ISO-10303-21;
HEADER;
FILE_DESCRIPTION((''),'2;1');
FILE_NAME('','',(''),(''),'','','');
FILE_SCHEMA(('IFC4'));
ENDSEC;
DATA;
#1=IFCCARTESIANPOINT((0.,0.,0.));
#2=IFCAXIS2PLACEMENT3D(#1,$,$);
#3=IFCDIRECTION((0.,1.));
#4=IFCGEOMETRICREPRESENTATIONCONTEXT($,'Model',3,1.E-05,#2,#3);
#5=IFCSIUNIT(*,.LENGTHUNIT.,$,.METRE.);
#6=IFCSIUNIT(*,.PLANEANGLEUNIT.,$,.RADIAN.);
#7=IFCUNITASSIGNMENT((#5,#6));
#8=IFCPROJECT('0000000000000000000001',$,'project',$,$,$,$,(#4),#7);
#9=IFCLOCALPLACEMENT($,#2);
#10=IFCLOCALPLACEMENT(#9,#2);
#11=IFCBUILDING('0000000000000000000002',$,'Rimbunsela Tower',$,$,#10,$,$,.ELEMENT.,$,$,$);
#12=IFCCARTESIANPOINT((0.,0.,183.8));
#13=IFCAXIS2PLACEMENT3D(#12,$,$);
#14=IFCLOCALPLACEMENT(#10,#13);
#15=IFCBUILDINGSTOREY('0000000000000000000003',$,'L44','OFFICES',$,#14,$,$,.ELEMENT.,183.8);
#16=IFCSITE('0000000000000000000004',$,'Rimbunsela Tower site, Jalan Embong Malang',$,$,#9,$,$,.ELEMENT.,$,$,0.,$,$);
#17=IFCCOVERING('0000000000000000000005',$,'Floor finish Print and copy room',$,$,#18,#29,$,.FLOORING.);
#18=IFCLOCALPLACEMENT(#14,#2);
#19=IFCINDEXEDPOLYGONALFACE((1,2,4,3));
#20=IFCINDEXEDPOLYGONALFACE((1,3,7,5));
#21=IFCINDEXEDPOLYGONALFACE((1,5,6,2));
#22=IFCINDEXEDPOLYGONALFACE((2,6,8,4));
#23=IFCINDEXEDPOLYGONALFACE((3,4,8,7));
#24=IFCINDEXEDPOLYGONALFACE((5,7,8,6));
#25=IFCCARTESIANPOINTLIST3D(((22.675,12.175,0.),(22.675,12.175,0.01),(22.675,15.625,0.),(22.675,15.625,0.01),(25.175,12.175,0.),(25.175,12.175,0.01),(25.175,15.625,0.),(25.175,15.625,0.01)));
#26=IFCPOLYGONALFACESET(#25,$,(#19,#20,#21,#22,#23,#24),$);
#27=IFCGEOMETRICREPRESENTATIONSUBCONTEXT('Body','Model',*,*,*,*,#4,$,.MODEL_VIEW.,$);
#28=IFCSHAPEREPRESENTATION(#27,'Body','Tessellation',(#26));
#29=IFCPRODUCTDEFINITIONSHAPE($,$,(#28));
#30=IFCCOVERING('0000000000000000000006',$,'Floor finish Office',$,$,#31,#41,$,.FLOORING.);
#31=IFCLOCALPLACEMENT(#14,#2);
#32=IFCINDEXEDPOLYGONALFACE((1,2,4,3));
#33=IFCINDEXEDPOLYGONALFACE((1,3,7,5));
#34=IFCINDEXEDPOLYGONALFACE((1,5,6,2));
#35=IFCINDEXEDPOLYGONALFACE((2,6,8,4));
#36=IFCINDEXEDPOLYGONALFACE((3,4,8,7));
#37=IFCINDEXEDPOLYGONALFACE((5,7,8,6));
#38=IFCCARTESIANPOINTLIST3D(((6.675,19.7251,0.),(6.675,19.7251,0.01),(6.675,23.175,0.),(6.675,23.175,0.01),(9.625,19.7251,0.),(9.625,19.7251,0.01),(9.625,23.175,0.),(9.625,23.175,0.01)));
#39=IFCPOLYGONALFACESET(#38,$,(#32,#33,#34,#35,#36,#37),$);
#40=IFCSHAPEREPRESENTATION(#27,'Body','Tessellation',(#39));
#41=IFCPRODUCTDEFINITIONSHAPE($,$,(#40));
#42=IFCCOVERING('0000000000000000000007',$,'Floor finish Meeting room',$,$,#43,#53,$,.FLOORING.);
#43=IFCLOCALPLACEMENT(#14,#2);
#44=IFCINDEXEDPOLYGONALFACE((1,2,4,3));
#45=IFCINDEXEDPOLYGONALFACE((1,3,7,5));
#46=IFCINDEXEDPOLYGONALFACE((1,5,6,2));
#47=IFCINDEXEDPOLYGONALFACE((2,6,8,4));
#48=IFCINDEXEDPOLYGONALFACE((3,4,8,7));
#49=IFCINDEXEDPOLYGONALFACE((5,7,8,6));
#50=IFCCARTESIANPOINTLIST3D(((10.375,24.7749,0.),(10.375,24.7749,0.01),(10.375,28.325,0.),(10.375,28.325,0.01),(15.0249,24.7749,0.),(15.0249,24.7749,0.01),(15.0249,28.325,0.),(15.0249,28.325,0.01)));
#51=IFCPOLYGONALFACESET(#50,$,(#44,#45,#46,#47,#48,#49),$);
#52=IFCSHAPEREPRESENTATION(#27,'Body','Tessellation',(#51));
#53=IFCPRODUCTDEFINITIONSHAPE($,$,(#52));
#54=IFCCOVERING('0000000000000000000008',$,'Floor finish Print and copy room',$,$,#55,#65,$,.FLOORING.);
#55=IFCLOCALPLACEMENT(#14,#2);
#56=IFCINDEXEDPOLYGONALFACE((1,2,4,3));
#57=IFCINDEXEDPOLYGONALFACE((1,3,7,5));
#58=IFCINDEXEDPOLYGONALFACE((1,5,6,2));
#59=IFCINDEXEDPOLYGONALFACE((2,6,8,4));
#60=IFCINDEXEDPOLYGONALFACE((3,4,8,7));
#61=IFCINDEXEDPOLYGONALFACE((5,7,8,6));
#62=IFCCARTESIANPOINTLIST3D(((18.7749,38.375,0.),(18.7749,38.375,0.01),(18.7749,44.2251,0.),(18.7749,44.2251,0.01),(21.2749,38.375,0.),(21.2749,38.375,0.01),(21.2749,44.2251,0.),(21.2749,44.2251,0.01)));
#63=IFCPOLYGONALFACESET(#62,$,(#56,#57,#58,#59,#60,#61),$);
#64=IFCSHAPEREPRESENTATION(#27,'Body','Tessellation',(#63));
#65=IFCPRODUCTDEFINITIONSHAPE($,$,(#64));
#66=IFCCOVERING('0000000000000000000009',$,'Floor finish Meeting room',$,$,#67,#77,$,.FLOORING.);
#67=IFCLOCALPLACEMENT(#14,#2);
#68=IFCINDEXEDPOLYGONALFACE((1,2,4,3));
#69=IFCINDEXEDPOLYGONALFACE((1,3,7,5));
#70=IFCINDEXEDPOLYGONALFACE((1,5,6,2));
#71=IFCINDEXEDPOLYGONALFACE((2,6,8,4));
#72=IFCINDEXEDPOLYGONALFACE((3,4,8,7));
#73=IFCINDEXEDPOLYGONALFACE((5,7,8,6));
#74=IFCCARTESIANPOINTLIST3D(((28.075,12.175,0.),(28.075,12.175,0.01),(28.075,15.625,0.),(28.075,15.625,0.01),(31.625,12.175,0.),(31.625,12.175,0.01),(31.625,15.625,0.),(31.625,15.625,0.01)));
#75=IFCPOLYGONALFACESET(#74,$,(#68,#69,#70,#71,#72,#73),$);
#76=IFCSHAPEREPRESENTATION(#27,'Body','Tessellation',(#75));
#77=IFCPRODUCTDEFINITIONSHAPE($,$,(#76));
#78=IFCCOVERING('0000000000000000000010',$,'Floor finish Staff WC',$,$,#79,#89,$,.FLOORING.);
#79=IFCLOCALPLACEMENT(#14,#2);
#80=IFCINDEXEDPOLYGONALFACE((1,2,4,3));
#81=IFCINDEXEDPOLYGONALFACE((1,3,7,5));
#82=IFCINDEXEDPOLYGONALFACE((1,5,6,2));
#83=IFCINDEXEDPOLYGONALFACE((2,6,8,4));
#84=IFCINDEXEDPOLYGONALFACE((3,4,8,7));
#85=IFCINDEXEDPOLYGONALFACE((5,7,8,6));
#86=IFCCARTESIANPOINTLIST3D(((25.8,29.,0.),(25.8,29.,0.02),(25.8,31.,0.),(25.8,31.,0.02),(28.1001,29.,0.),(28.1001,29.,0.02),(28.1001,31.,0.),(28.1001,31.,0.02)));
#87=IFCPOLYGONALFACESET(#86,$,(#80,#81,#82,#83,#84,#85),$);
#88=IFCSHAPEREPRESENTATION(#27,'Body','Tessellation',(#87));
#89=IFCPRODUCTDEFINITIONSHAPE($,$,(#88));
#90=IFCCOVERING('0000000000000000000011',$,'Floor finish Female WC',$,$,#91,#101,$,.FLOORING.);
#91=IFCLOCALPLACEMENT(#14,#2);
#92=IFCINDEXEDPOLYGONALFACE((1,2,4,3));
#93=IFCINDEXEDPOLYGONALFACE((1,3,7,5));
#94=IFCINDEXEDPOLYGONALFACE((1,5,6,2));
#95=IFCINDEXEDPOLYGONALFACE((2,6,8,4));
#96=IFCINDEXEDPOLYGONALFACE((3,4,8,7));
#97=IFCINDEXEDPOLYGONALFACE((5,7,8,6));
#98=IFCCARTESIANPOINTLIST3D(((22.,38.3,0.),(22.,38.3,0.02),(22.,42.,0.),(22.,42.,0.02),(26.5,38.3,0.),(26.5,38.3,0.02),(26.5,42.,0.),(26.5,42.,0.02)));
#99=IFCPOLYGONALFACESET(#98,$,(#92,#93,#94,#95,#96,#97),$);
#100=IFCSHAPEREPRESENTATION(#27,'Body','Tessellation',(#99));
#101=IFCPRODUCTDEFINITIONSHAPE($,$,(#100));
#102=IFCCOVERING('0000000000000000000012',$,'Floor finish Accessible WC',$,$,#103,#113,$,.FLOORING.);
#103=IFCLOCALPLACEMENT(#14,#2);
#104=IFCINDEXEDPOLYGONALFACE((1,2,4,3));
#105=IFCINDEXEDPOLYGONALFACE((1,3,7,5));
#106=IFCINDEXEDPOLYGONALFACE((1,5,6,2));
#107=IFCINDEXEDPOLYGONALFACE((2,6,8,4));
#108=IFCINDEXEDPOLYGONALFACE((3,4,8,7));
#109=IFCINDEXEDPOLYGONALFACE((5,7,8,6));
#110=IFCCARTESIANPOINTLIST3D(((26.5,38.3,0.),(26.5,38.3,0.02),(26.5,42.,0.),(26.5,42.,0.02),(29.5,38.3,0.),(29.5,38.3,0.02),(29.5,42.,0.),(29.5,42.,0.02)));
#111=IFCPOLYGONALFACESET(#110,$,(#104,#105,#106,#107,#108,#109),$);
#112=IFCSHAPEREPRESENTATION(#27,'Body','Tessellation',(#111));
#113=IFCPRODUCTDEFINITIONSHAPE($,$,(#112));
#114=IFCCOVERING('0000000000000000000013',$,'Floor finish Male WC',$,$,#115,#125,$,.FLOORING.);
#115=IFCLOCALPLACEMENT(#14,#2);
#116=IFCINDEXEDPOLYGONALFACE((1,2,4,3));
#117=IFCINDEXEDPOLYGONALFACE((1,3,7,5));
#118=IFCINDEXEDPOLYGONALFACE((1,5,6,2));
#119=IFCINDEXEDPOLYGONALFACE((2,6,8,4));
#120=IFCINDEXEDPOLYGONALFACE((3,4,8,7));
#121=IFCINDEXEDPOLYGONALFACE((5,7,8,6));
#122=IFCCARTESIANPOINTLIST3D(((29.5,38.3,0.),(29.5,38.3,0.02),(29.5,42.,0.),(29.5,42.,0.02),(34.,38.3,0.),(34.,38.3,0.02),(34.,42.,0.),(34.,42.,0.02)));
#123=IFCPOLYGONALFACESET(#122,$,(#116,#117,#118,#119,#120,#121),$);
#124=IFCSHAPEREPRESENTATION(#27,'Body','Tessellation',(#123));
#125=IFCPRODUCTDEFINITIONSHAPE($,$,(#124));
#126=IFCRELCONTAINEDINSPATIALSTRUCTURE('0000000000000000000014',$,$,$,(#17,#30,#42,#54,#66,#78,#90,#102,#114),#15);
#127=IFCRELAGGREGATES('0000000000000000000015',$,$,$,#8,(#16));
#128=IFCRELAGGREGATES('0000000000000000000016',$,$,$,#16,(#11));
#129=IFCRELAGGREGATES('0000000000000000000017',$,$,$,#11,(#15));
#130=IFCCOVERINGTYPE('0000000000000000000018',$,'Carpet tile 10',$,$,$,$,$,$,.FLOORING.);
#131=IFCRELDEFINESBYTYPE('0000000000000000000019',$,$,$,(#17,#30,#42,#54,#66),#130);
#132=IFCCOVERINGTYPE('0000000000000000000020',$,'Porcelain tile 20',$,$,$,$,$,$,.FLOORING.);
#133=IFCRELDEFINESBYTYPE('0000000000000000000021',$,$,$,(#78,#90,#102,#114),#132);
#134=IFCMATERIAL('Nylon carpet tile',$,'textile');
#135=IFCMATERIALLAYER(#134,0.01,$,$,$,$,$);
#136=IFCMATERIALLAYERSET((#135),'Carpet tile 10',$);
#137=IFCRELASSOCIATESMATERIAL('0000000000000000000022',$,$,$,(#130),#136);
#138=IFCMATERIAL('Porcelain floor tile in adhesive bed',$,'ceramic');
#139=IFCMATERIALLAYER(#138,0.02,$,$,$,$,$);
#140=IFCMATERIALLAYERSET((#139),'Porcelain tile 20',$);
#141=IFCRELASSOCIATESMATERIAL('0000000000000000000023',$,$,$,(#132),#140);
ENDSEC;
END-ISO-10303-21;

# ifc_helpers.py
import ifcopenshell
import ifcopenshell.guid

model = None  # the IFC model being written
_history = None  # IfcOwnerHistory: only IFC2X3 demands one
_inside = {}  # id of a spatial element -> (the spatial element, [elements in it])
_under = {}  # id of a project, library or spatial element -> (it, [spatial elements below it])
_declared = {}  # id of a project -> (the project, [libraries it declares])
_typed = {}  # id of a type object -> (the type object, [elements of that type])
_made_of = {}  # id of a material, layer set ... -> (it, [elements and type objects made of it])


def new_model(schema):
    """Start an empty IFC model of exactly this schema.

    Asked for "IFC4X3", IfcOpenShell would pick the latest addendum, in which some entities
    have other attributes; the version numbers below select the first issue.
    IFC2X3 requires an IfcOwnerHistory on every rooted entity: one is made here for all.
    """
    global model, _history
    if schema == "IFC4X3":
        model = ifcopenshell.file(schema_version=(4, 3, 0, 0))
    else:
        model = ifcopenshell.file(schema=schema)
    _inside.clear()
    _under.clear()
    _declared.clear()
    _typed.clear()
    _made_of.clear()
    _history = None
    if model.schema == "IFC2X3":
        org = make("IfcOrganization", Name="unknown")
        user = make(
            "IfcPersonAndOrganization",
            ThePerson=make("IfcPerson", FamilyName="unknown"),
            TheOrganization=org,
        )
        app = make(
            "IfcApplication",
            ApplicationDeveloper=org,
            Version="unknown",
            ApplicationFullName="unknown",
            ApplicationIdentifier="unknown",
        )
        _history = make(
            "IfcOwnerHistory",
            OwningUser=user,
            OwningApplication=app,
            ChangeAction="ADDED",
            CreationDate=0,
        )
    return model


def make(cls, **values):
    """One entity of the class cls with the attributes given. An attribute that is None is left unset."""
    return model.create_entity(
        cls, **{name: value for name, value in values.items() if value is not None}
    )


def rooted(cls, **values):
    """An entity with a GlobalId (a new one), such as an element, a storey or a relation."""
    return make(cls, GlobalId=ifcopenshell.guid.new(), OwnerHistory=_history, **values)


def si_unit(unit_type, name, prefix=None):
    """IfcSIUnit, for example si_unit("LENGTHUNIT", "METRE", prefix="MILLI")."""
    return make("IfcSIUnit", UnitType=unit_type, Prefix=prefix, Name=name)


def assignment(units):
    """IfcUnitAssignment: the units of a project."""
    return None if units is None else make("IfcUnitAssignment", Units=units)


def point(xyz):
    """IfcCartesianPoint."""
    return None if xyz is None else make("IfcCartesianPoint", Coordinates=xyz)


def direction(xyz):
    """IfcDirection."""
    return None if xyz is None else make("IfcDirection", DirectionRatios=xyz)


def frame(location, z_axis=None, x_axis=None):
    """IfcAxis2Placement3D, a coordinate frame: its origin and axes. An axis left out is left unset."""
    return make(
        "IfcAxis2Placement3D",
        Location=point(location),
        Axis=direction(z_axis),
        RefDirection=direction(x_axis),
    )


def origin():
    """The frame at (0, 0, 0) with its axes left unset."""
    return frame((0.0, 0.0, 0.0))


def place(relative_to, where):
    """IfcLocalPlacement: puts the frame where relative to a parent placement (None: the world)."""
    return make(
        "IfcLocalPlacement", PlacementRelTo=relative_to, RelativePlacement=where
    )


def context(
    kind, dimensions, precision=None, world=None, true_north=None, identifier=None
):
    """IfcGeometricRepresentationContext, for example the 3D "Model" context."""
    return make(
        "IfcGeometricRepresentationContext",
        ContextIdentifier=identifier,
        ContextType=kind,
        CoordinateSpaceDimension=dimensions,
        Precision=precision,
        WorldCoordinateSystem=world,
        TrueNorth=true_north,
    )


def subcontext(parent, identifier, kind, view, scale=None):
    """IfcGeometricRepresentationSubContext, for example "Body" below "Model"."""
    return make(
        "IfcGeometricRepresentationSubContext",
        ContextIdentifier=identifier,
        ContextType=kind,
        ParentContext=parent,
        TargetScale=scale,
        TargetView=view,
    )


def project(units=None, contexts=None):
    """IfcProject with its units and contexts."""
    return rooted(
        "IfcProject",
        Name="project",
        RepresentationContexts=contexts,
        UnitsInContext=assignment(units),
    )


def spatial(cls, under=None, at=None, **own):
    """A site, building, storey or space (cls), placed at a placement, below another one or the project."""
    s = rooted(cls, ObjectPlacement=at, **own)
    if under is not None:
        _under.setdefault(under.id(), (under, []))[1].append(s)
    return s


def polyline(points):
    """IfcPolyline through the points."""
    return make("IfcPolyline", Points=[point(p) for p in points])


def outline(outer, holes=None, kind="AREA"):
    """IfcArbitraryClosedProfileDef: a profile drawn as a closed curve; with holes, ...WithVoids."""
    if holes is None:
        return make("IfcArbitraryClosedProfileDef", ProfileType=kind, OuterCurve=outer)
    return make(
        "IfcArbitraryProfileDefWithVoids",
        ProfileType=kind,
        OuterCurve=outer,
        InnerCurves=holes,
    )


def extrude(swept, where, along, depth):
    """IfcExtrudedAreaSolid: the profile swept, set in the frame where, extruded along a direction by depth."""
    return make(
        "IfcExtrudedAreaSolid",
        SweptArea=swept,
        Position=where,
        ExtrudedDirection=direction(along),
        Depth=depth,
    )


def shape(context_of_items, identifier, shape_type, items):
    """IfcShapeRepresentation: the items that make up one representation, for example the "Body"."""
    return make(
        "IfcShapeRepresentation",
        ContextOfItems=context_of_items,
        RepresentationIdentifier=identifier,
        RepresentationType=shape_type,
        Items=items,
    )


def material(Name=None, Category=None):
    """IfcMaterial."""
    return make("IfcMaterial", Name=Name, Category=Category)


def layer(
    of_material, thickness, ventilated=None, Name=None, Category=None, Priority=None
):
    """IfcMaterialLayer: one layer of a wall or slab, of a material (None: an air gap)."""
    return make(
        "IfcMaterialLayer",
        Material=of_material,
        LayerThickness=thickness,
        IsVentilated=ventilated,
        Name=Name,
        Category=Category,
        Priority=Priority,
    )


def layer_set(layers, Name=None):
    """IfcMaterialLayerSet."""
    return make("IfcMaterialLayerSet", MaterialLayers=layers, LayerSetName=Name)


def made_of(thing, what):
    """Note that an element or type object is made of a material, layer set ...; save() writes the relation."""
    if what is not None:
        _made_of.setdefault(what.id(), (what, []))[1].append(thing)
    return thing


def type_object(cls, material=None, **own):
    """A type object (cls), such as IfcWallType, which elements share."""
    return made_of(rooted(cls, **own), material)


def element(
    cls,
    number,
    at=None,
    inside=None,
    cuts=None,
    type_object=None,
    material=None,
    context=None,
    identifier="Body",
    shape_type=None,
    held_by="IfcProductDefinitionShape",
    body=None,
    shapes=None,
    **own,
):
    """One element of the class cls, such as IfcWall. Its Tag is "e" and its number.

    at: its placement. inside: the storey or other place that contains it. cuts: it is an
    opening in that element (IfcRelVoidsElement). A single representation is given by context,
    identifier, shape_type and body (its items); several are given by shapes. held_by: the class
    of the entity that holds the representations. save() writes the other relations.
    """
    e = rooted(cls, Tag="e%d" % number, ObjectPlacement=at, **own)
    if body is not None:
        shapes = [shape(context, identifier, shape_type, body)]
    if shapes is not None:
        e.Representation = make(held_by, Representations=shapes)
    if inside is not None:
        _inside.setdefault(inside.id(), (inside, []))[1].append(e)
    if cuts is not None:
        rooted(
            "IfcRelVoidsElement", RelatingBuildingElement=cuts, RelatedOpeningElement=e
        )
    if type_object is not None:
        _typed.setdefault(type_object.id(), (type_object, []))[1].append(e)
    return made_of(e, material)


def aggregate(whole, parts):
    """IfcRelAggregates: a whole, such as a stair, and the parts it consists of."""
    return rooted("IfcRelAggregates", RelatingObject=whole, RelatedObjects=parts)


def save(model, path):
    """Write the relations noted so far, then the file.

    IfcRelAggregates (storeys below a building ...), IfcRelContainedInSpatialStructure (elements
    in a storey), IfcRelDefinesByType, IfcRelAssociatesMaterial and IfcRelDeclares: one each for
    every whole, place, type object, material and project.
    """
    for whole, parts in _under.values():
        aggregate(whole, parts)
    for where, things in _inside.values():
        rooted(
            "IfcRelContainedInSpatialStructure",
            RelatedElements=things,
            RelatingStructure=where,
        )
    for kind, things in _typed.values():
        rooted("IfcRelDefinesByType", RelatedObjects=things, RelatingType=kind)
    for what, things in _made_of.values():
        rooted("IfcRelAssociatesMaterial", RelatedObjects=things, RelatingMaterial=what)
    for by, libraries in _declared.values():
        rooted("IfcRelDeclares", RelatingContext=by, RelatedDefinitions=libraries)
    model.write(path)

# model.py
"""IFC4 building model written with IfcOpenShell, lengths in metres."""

from ifc_helpers import new_model, si_unit, direction, frame, origin, place, context, subcontext, project, spatial, polyline, outline, extrude, material, layer, layer_set, type_object, element, save


model = new_model("IFC4")

# Units and contexts
model_context = context("Model", 3, precision=1e-05, world=origin(), true_north=direction((0.0, 1.0)))
body_context = subcontext(model_context, "Body", "Model", "MODEL_VIEW")
ifc_project = project(units=[si_unit("LENGTHUNIT", "METRE"), si_unit("PLANEANGLEUNIT", "RADIAN")], contexts=[model_context])

# Site, building, storey
site_placement = place(None, origin())
site = spatial("IfcSite", under=ifc_project, at=site_placement, Name="Rimbunsela Tower site, Jalan Embong Malang", CompositionType="ELEMENT", RefElevation=0.0)
building_placement = place(site_placement, origin())
building = spatial("IfcBuilding", under=site, at=building_placement, Name="Rimbunsela Tower", CompositionType="ELEMENT")
storey_placement = place(building_placement, frame((0.0, 0.0, 183.8)))
storey = spatial("IfcBuildingStorey", under=building, at=storey_placement, Name="L44", Description="OFFICES", CompositionType="ELEMENT", Elevation=183.8)

# Coverings
ifc_material_1 = material(Name="Nylon carpet tile", Category="textile")
ifc_layer_1 = layer(ifc_material_1, 0.01)
ifc_layer_set_1 = layer_set([ifc_layer_1], Name="Carpet tile 10")
covering_type_1 = type_object("IfcCoveringType", Name="Carpet tile 10", PredefinedType="FLOORING", material=ifc_layer_set_1)
covering_1_placement = place(storey_placement, origin())
element("IfcCovering", 1, at=covering_1_placement, inside=storey, type_object=covering_type_1, Name="Floor finish Print and copy room", PredefinedType="FLOORING", context=body_context, shape_type="SweptSolid", body=[
    extrude(outline(polyline([(25.175, 12.175), (25.175, 15.625), (22.675, 15.625), (22.675, 12.175), (25.175, 12.175)])), origin(), (0.0, 0.0, 1.0), 0.01),
])
covering_2_placement = place(storey_placement, origin())
element("IfcCovering", 2, at=covering_2_placement, inside=storey, type_object=covering_type_1, Name="Floor finish Office", PredefinedType="FLOORING", context=body_context, shape_type="SweptSolid", body=[
    extrude(outline(polyline([(9.625, 19.7251), (9.625, 23.175), (6.675, 23.175), (6.675, 19.7251), (9.625, 19.7251)])), origin(), (0.0, 0.0, 1.0), 0.01),
])
covering_3_placement = place(storey_placement, origin())
element("IfcCovering", 3, at=covering_3_placement, inside=storey, type_object=covering_type_1, Name="Floor finish Meeting room", PredefinedType="FLOORING", context=body_context, shape_type="SweptSolid", body=[
    extrude(outline(polyline([(15.0249, 24.7749), (15.0249, 28.325), (10.375, 28.325), (10.375, 24.7749), (15.0249, 24.7749)])), origin(), (0.0, 0.0, 1.0), 0.01),
])
covering_4_placement = place(storey_placement, origin())
element("IfcCovering", 4, at=covering_4_placement, inside=storey, type_object=covering_type_1, Name="Floor finish Print and copy room", PredefinedType="FLOORING", context=body_context, shape_type="SweptSolid", body=[
    extrude(outline(polyline([(21.2749, 38.375), (21.2749, 44.2251), (18.7749, 44.2251), (18.7749, 38.375), (21.2749, 38.375)])), origin(), (0.0, 0.0, 1.0), 0.01),
])
covering_5_placement = place(storey_placement, origin())
element("IfcCovering", 5, at=covering_5_placement, inside=storey, type_object=covering_type_1, Name="Floor finish Meeting room", PredefinedType="FLOORING", context=body_context, shape_type="SweptSolid", body=[
    extrude(outline(polyline([(31.625, 12.175), (31.625, 15.625), (28.075, 15.625), (28.075, 12.175), (31.625, 12.175)])), origin(), (0.0, 0.0, 1.0), 0.01),
])
ifc_material_2 = material(Name="Porcelain floor tile in adhesive bed", Category="ceramic")
ifc_layer_2 = layer(ifc_material_2, 0.02)
ifc_layer_set_2 = layer_set([ifc_layer_2], Name="Porcelain tile 20")
covering_type_2 = type_object("IfcCoveringType", Name="Porcelain tile 20", PredefinedType="FLOORING", material=ifc_layer_set_2)
covering_6_placement = place(storey_placement, origin())
element("IfcCovering", 6, at=covering_6_placement, inside=storey, type_object=covering_type_2, Name="Floor finish Staff WC", PredefinedType="FLOORING", context=body_context, shape_type="SweptSolid", body=[
    extrude(outline(polyline([(28.1001, 29.0), (28.1001, 31.0), (25.8, 31.0), (25.8, 29.0), (28.1001, 29.0)])), origin(), (0.0, 0.0, 1.0), 0.02),
])
covering_7_placement = place(storey_placement, origin())
element("IfcCovering", 7, at=covering_7_placement, inside=storey, type_object=covering_type_2, Name="Floor finish Female WC", PredefinedType="FLOORING", context=body_context, shape_type="SweptSolid", body=[
    extrude(outline(polyline([(26.5, 38.3), (26.5, 42.0), (22.0, 42.0), (22.0, 38.3), (26.5, 38.3)])), origin(), (0.0, 0.0, 1.0), 0.02),
])
covering_8_placement = place(storey_placement, origin())
element("IfcCovering", 8, at=covering_8_placement, inside=storey, type_object=covering_type_2, Name="Floor finish Accessible WC", PredefinedType="FLOORING", context=body_context, shape_type="SweptSolid", body=[
    extrude(outline(polyline([(29.5, 38.3), (29.5, 42.0), (26.5, 42.0), (26.5, 38.3), (29.5, 38.3)])), origin(), (0.0, 0.0, 1.0), 0.02),
])
covering_9_placement = place(storey_placement, origin())
element("IfcCovering", 9, at=covering_9_placement, inside=storey, type_object=covering_type_2, Name="Floor finish Male WC", PredefinedType="FLOORING", context=body_context, shape_type="SweptSolid", body=[
    extrude(outline(polyline([(34.0, 38.3), (34.0, 42.0), (29.5, 42.0), (29.5, 38.3), (34.0, 38.3)])), origin(), (0.0, 0.0, 1.0), 0.02),
])

save(model, "model.ifc")
